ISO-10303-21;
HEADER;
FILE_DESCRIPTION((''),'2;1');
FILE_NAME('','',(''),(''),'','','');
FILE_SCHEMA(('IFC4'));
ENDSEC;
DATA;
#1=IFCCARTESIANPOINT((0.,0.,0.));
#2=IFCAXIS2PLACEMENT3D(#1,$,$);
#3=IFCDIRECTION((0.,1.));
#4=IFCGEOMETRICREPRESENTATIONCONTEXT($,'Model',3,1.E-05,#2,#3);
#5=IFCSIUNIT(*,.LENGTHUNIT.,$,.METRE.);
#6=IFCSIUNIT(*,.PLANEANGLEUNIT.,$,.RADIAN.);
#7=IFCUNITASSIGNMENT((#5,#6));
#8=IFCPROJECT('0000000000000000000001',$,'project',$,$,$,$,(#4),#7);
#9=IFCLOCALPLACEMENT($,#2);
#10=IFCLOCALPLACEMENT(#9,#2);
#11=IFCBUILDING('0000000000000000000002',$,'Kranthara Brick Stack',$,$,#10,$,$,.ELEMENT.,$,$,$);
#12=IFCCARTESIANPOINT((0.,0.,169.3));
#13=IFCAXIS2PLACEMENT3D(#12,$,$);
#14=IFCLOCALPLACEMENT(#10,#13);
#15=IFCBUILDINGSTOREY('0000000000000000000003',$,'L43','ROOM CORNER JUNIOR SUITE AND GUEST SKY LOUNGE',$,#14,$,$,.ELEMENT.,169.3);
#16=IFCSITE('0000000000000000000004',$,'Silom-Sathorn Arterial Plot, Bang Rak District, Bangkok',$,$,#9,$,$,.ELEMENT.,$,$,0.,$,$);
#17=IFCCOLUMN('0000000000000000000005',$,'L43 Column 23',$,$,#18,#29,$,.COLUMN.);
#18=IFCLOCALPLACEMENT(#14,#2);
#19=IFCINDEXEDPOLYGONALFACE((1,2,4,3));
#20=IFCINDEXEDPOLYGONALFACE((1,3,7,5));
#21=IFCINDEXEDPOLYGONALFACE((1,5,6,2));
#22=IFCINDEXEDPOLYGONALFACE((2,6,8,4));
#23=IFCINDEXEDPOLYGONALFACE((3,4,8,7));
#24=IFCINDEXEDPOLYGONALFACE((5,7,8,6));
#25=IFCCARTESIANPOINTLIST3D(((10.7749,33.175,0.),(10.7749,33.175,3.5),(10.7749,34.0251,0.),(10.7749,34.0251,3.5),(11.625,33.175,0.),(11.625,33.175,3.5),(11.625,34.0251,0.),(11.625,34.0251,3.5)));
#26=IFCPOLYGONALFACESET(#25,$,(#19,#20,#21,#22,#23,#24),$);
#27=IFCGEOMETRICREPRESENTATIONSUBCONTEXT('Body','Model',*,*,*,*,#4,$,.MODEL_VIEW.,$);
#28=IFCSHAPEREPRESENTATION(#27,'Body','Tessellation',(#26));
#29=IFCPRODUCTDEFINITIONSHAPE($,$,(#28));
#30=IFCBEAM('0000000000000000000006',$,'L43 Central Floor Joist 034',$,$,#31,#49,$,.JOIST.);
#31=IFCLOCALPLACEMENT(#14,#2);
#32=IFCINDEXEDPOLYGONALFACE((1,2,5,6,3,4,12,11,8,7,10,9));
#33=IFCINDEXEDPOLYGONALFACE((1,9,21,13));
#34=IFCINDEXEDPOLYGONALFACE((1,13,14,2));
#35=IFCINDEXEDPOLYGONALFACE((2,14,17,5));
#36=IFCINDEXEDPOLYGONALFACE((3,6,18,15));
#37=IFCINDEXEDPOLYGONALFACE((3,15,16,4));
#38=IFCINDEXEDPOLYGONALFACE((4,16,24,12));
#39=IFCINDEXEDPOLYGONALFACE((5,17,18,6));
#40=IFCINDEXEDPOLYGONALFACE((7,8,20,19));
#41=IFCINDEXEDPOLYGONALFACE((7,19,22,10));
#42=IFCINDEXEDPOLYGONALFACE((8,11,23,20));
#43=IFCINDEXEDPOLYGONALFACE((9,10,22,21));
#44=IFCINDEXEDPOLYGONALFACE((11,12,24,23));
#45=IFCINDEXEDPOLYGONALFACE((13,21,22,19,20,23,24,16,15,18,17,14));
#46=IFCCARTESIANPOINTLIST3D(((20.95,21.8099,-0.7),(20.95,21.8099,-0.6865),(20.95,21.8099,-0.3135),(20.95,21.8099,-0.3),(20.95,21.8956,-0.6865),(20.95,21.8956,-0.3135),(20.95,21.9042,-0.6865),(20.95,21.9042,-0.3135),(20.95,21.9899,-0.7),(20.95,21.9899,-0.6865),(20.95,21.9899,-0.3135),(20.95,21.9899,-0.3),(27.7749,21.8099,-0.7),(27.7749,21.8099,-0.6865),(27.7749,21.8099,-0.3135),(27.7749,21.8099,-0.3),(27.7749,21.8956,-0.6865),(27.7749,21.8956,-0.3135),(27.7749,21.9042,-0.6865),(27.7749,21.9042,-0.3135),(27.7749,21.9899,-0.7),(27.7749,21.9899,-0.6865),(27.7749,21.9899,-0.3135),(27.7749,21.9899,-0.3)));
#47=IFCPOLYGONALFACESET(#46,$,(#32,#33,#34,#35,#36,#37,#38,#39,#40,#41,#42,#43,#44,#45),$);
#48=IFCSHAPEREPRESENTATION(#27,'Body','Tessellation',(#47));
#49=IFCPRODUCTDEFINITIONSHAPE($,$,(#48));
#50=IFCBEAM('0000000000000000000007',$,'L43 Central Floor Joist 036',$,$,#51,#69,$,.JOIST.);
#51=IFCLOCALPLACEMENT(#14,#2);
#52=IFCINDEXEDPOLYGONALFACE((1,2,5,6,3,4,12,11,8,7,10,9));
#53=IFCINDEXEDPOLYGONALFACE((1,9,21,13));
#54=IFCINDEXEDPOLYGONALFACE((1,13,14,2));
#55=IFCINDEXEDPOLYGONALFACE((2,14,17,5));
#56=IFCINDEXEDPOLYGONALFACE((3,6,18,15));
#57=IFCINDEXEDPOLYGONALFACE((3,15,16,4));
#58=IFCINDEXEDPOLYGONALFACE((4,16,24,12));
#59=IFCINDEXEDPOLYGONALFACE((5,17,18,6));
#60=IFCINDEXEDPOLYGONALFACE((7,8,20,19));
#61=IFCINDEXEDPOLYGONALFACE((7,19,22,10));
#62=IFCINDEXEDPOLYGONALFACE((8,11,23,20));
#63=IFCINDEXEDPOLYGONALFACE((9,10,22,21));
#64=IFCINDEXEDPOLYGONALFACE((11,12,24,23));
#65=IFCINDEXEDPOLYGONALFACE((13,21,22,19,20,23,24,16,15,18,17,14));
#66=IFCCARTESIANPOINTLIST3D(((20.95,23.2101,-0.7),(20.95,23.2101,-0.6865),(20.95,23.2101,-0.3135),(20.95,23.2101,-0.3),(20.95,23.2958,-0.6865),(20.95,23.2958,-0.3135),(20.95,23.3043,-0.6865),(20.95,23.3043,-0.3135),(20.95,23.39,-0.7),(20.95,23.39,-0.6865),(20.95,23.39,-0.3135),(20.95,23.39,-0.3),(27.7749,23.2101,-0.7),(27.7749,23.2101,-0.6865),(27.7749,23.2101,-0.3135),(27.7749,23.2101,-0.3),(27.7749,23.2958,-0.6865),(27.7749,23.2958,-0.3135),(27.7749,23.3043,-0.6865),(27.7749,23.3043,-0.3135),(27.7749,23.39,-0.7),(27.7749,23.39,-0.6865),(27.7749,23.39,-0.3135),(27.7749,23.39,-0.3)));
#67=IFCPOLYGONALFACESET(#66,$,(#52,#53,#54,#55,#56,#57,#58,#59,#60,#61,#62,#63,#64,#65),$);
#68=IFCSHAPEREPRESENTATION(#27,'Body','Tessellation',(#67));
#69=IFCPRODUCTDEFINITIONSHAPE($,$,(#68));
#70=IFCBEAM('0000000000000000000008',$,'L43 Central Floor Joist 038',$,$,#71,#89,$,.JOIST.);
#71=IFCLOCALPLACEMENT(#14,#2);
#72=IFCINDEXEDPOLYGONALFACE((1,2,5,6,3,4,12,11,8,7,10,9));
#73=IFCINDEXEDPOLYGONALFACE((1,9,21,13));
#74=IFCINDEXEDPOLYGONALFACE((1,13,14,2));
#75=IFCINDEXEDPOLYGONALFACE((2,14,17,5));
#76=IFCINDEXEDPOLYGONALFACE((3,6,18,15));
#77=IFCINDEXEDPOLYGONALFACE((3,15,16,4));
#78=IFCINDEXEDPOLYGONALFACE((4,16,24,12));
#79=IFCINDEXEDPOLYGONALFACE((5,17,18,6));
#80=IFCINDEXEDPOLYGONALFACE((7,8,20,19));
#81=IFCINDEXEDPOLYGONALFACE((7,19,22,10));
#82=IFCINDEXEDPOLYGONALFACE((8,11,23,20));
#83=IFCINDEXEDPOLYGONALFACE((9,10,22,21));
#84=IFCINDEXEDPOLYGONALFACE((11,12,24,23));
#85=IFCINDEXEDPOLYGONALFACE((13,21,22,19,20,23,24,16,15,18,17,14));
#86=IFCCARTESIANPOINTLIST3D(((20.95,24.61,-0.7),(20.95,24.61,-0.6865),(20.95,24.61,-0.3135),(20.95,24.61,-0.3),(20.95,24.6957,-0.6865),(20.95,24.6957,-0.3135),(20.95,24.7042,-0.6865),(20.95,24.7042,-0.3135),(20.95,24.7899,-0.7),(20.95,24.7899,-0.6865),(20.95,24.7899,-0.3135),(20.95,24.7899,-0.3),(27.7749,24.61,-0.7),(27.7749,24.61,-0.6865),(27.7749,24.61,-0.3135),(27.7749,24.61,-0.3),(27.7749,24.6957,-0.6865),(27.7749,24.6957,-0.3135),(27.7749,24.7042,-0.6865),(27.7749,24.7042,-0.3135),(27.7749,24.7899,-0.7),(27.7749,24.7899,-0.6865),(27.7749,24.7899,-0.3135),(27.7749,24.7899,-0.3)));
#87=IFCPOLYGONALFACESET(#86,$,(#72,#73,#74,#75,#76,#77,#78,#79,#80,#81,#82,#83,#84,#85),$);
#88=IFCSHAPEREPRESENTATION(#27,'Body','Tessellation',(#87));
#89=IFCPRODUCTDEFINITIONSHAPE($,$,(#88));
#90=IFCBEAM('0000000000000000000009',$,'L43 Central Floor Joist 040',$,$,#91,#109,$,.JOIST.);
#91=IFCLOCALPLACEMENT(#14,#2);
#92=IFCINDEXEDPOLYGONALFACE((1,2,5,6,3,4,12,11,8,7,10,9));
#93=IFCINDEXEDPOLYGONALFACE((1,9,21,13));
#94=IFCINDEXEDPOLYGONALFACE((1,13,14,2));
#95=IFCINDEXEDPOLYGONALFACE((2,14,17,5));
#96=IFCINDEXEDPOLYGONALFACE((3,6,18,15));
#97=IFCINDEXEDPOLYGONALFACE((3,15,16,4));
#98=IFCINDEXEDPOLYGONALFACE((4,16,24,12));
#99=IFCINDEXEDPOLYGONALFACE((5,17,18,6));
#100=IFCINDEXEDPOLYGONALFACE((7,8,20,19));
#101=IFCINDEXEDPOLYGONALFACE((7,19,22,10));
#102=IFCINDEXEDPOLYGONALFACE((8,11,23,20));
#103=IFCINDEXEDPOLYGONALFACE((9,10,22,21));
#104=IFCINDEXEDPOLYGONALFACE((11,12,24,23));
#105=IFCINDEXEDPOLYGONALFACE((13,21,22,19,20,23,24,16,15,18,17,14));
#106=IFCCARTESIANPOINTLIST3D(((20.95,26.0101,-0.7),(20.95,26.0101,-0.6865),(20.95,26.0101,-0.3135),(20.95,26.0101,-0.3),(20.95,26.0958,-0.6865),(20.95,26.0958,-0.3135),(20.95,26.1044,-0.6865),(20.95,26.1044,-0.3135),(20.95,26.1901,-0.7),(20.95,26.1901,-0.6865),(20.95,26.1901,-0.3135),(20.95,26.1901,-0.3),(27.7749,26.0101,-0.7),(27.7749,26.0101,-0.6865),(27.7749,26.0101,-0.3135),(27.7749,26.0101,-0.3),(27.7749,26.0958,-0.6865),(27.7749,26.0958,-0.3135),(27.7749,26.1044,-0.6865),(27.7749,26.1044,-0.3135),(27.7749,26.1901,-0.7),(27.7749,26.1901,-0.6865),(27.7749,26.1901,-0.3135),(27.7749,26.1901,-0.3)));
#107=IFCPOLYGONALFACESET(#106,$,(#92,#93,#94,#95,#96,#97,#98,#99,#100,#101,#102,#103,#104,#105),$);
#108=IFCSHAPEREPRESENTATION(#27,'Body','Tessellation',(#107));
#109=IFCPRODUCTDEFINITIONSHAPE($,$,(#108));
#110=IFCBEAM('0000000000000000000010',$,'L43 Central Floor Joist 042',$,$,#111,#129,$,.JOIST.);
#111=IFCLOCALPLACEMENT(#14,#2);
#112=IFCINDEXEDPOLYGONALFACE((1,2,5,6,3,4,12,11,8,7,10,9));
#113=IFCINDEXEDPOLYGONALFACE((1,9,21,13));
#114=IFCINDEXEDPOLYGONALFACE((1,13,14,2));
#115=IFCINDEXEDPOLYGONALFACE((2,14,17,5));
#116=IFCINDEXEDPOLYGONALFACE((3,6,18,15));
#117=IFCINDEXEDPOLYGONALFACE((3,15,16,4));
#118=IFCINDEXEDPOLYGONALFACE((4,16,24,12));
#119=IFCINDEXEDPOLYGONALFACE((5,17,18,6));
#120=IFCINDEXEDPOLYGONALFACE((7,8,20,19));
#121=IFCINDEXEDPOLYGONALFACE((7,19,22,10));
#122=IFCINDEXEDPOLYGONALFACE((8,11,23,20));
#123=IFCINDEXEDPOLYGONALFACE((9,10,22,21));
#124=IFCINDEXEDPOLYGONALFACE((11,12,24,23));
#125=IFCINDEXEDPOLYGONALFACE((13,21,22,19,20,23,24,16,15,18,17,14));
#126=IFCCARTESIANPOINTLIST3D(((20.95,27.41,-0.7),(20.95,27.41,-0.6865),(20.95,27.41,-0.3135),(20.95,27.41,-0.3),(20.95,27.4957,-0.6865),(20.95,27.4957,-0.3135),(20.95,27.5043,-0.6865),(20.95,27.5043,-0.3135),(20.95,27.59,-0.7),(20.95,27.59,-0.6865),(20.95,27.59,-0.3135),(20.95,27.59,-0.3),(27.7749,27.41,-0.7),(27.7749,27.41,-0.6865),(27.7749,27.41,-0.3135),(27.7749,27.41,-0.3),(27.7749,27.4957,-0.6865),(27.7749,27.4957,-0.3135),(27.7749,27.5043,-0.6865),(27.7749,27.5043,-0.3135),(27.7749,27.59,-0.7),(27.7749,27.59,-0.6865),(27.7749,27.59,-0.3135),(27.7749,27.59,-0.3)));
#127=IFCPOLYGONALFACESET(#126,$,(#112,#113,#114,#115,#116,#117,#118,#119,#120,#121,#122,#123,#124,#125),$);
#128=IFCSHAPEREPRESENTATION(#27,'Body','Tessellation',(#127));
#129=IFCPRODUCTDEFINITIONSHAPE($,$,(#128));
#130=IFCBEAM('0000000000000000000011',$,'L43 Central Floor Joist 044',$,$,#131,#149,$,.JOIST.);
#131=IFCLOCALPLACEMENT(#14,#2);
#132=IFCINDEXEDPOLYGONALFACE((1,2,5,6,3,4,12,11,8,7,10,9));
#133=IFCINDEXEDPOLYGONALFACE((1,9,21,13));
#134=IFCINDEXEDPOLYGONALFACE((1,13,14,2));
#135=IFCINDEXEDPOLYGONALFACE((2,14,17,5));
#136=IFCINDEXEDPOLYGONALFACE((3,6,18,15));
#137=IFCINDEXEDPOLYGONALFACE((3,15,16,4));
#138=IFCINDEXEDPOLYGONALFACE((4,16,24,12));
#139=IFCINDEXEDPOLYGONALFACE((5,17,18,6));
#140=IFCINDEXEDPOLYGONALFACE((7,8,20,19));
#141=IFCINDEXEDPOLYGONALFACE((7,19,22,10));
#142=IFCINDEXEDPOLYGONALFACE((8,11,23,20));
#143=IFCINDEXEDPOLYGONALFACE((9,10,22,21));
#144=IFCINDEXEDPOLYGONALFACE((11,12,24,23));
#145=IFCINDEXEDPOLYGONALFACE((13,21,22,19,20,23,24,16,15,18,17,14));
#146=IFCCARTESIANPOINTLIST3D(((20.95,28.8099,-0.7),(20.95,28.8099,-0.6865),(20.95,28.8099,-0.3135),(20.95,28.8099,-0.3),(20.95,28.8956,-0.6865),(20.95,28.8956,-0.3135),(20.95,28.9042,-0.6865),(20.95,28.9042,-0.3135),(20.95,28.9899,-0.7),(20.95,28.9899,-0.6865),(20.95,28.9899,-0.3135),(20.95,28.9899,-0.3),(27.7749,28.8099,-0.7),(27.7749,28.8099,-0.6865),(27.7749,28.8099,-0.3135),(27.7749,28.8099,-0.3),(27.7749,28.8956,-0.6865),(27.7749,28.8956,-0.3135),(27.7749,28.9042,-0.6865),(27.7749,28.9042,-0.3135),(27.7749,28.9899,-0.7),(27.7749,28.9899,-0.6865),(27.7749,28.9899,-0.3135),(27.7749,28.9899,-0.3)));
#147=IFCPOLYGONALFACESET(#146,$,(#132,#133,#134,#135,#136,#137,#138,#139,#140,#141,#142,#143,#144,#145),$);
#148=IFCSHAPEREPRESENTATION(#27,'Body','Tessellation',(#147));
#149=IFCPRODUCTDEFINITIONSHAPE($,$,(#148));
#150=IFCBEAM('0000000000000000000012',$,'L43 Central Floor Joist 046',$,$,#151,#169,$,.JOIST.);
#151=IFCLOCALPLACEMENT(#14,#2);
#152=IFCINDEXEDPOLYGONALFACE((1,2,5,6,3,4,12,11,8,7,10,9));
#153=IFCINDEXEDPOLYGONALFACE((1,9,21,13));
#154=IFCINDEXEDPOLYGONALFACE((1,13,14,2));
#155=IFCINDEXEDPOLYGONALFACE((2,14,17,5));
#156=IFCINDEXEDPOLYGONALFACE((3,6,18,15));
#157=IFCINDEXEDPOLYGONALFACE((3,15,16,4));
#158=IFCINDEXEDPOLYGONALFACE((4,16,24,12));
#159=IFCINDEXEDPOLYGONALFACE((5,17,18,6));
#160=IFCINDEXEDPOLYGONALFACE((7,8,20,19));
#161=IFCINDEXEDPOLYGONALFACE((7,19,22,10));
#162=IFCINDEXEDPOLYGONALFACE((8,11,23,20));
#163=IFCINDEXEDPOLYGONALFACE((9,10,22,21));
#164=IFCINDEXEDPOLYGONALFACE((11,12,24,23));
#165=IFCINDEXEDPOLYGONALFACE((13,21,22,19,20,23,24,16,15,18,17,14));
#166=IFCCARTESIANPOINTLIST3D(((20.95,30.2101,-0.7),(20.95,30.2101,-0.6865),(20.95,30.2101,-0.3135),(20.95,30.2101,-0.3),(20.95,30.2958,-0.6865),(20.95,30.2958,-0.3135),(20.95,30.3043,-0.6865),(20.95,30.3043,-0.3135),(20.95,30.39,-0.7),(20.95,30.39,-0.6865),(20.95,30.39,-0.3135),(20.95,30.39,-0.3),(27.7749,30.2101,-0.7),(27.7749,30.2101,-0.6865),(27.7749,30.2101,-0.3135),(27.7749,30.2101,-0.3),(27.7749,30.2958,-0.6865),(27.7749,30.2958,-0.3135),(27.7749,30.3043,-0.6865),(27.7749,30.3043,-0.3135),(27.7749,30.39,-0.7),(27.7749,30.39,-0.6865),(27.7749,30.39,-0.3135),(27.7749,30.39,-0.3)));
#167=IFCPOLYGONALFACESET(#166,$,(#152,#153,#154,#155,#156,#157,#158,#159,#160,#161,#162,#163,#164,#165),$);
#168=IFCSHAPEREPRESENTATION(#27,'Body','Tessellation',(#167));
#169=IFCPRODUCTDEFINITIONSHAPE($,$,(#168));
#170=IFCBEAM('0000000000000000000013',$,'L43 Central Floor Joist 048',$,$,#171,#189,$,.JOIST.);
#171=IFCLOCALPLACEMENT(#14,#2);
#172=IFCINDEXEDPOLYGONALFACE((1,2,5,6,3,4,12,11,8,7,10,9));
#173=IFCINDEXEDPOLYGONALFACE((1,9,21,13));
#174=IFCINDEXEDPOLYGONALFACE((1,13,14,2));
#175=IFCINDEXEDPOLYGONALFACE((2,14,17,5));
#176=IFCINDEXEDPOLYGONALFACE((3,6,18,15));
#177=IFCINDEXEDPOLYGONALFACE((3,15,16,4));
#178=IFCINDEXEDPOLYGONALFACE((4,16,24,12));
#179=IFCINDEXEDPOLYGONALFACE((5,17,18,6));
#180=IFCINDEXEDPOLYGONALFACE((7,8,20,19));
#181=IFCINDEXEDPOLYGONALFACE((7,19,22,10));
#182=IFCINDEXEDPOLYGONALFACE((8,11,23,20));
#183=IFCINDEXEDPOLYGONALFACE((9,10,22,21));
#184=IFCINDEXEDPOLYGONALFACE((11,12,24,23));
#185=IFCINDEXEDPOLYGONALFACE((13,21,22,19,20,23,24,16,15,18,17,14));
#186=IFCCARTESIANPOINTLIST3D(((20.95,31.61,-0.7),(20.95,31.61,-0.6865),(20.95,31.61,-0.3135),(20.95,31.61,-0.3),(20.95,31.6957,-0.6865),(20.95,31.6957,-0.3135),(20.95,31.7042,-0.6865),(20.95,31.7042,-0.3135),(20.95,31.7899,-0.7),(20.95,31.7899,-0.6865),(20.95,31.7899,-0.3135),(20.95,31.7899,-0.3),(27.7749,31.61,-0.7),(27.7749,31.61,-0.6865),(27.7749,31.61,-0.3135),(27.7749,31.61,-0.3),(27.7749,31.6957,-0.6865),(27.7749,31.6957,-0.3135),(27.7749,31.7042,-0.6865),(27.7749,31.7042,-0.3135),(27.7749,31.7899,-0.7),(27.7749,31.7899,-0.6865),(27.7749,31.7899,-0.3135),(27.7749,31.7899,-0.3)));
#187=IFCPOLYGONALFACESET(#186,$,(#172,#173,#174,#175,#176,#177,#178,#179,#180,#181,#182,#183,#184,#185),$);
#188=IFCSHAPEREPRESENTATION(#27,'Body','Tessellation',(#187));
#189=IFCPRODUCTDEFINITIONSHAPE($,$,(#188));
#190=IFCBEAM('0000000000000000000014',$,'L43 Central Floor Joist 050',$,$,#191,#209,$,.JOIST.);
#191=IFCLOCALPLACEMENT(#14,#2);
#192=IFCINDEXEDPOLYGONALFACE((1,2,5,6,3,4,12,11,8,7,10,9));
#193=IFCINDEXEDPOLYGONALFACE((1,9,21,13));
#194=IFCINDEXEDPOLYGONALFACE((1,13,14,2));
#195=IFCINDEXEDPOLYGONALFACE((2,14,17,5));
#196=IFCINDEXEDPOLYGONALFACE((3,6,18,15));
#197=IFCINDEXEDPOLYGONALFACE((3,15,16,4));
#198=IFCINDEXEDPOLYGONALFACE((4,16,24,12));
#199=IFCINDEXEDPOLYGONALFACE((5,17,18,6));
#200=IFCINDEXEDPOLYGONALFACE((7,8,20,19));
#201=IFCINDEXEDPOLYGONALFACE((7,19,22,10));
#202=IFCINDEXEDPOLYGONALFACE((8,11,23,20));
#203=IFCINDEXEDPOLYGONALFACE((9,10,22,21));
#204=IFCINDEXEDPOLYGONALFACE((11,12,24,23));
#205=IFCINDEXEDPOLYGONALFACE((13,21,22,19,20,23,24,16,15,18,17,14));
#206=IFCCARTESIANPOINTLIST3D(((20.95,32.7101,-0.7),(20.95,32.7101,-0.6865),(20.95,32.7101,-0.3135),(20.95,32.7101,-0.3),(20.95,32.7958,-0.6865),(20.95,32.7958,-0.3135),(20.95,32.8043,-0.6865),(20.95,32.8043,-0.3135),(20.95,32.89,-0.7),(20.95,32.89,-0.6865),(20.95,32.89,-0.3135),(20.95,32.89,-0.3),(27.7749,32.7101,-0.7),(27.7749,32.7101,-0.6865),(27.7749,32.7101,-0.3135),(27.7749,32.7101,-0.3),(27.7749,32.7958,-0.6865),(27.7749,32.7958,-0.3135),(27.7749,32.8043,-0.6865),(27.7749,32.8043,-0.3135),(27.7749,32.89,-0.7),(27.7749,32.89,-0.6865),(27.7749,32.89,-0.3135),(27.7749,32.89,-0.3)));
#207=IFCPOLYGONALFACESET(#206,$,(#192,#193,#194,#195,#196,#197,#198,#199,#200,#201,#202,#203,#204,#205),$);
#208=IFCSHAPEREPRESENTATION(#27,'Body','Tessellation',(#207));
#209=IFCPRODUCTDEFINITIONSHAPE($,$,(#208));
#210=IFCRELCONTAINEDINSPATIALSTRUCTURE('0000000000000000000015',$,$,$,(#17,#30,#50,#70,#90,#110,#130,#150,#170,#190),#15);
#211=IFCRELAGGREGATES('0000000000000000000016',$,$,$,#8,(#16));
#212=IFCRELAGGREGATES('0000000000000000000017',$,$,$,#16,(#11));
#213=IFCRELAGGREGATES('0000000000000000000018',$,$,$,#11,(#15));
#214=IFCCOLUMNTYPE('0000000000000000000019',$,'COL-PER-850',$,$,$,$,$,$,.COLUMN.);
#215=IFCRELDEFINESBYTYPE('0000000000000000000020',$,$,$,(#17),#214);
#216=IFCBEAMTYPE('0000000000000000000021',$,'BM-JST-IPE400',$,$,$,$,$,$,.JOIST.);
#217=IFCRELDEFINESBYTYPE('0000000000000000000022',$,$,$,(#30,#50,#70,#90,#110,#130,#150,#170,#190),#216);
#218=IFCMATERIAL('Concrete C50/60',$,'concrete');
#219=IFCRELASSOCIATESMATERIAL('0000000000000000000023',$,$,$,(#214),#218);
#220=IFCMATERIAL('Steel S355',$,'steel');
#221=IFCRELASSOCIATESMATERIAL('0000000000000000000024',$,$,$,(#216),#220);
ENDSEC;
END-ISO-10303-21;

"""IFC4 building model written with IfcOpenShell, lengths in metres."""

from ifc_helpers import new_model, si_unit, direction, frame, origin, origin_2d, place, context, subcontext, project, spatial, rectangle, i_section, extrude, material, material_profile, profile_set, type_object, element, save


model = new_model("IFC4")

# Units and contexts
model_context = context("Model", 3, precision=1e-05, world=origin(), true_north=direction((0.0, 1.0)))
body_context = subcontext(model_context, "Body", "Model", "MODEL_VIEW")
ifc_project = project(units=[si_unit("LENGTHUNIT", "METRE"), si_unit("PLANEANGLEUNIT", "RADIAN")], contexts=[model_context])

# Site, building, storey
site_placement = place(None, origin())
site = spatial("IfcSite", under=ifc_project, at=site_placement, Name="Silom-Sathorn Arterial Plot, Bang Rak District, Bangkok", CompositionType="ELEMENT", RefElevation=0.0)
building_placement = place(site_placement, origin())
building = spatial("IfcBuilding", under=site, at=building_placement, Name="Kranthara Brick Stack", CompositionType="ELEMENT")
storey_placement = place(building_placement, frame((0.0, 0.0, 169.3)))
storey = spatial("IfcBuildingStorey", under=building, at=storey_placement, Name="L43", Description="ROOM CORNER JUNIOR SUITE AND GUEST SKY LOUNGE", CompositionType="ELEMENT", Elevation=169.3)

# Column
ifc_material_1 = material(Name="Concrete C50/60", Category="concrete")
ifc_material_profile_1 = material_profile(ifc_material_1, rectangle(XDim=0.8501, YDim=0.8501, at=origin_2d()), Name="RC 850x850")
ifc_profile_set_1 = profile_set([ifc_material_profile_1], Name="Concrete C50/60")
column_type = type_object("IfcColumnType", Name="COL-PER-850", PredefinedType="COLUMN", material=ifc_profile_set_1)
column_placement = place(storey_placement, frame((11.2, 33.6001, 0.0), z_axis=(0.0, 0.0, 1.0), x_axis=(1.0, 0.0, 0.0)))
element("IfcColumn", 1, at=column_placement, inside=storey, type_object=column_type, Name="L43 Column 23", PredefinedType="COLUMN", context=body_context, shape_type="SweptSolid", body=[
    extrude(rectangle(XDim=0.8501, YDim=0.8501, at=origin_2d()), origin(), (0.0, 0.0, 1.0), 3.5),
])

# Beams
ifc_material_2 = material(Name="Steel S355", Category="steel")
ifc_material_profile_2 = material_profile(ifc_material_2, i_section(OverallWidth=0.1799, OverallDepth=0.3999, WebThickness=0.0085, FlangeThickness=0.0134, at=origin_2d()), Name="IPE 400")
ifc_profile_set_2 = profile_set([ifc_material_profile_2], Name="Steel S355")
beam_type_1 = type_object("IfcBeamType", Name="BM-JST-IPE400", PredefinedType="JOIST", material=ifc_profile_set_2)
for number, where, z_axis, x_axis, name in (
    (2, (20.95, 21.8999, -0.5), (1.0, 0.0, 0.0), (0.0, 1.0, 0.0), "L43 Central Floor Joist 034"),
    (3, (20.95, 23.3, -0.5), (1.0, 0.0, 0.0), (0.0, 1.0, 0.0), "L43 Central Floor Joist 036"),
    (4, (20.95, 24.7, -0.5), (1.0, 0.0, 0.0), (0.0, 1.0, 0.0), "L43 Central Floor Joist 038"),
    (5, (20.95, 26.1001, -0.5), (1.0, 0.0, 0.0), (0.0, 1.0, 0.0), "L43 Central Floor Joist 040"),
    (6, (20.95, 27.5, -0.5), (1.0, 0.0, 0.0), (0.0, 1.0, 0.0), "L43 Central Floor Joist 042"),
    (7, (20.95, 28.8999, -0.5), (1.0, 0.0, 0.0), (0.0, 1.0, 0.0), "L43 Central Floor Joist 044"),
    (8, (20.95, 30.3, -0.5), (1.0, 0.0, 0.0), (0.0, 1.0, 0.0), "L43 Central Floor Joist 046"),
    (9, (20.95, 31.7, -0.5), (1.0, 0.0, 0.0), (0.0, 1.0, 0.0), "L43 Central Floor Joist 048"),
    (10, (20.95, 32.8, -0.5), (1.0, 0.0, 0.0), (0.0, 1.0, 0.0), "L43 Central Floor Joist 050"),
):
    element("IfcBeam", number, at=place(storey_placement, frame(where, z_axis=z_axis, x_axis=x_axis)), inside=storey, type_object=beam_type_1, Name=name, PredefinedType="JOIST", context=body_context, shape_type="SweptSolid", body=[
        extrude(i_section(OverallWidth=0.1799, OverallDepth=0.3999, WebThickness=0.0085, FlangeThickness=0.0134, at=origin_2d()), origin(), (0.0, 0.0, 1.0), 6.825),
    ])

save(model, "model.ifc")
